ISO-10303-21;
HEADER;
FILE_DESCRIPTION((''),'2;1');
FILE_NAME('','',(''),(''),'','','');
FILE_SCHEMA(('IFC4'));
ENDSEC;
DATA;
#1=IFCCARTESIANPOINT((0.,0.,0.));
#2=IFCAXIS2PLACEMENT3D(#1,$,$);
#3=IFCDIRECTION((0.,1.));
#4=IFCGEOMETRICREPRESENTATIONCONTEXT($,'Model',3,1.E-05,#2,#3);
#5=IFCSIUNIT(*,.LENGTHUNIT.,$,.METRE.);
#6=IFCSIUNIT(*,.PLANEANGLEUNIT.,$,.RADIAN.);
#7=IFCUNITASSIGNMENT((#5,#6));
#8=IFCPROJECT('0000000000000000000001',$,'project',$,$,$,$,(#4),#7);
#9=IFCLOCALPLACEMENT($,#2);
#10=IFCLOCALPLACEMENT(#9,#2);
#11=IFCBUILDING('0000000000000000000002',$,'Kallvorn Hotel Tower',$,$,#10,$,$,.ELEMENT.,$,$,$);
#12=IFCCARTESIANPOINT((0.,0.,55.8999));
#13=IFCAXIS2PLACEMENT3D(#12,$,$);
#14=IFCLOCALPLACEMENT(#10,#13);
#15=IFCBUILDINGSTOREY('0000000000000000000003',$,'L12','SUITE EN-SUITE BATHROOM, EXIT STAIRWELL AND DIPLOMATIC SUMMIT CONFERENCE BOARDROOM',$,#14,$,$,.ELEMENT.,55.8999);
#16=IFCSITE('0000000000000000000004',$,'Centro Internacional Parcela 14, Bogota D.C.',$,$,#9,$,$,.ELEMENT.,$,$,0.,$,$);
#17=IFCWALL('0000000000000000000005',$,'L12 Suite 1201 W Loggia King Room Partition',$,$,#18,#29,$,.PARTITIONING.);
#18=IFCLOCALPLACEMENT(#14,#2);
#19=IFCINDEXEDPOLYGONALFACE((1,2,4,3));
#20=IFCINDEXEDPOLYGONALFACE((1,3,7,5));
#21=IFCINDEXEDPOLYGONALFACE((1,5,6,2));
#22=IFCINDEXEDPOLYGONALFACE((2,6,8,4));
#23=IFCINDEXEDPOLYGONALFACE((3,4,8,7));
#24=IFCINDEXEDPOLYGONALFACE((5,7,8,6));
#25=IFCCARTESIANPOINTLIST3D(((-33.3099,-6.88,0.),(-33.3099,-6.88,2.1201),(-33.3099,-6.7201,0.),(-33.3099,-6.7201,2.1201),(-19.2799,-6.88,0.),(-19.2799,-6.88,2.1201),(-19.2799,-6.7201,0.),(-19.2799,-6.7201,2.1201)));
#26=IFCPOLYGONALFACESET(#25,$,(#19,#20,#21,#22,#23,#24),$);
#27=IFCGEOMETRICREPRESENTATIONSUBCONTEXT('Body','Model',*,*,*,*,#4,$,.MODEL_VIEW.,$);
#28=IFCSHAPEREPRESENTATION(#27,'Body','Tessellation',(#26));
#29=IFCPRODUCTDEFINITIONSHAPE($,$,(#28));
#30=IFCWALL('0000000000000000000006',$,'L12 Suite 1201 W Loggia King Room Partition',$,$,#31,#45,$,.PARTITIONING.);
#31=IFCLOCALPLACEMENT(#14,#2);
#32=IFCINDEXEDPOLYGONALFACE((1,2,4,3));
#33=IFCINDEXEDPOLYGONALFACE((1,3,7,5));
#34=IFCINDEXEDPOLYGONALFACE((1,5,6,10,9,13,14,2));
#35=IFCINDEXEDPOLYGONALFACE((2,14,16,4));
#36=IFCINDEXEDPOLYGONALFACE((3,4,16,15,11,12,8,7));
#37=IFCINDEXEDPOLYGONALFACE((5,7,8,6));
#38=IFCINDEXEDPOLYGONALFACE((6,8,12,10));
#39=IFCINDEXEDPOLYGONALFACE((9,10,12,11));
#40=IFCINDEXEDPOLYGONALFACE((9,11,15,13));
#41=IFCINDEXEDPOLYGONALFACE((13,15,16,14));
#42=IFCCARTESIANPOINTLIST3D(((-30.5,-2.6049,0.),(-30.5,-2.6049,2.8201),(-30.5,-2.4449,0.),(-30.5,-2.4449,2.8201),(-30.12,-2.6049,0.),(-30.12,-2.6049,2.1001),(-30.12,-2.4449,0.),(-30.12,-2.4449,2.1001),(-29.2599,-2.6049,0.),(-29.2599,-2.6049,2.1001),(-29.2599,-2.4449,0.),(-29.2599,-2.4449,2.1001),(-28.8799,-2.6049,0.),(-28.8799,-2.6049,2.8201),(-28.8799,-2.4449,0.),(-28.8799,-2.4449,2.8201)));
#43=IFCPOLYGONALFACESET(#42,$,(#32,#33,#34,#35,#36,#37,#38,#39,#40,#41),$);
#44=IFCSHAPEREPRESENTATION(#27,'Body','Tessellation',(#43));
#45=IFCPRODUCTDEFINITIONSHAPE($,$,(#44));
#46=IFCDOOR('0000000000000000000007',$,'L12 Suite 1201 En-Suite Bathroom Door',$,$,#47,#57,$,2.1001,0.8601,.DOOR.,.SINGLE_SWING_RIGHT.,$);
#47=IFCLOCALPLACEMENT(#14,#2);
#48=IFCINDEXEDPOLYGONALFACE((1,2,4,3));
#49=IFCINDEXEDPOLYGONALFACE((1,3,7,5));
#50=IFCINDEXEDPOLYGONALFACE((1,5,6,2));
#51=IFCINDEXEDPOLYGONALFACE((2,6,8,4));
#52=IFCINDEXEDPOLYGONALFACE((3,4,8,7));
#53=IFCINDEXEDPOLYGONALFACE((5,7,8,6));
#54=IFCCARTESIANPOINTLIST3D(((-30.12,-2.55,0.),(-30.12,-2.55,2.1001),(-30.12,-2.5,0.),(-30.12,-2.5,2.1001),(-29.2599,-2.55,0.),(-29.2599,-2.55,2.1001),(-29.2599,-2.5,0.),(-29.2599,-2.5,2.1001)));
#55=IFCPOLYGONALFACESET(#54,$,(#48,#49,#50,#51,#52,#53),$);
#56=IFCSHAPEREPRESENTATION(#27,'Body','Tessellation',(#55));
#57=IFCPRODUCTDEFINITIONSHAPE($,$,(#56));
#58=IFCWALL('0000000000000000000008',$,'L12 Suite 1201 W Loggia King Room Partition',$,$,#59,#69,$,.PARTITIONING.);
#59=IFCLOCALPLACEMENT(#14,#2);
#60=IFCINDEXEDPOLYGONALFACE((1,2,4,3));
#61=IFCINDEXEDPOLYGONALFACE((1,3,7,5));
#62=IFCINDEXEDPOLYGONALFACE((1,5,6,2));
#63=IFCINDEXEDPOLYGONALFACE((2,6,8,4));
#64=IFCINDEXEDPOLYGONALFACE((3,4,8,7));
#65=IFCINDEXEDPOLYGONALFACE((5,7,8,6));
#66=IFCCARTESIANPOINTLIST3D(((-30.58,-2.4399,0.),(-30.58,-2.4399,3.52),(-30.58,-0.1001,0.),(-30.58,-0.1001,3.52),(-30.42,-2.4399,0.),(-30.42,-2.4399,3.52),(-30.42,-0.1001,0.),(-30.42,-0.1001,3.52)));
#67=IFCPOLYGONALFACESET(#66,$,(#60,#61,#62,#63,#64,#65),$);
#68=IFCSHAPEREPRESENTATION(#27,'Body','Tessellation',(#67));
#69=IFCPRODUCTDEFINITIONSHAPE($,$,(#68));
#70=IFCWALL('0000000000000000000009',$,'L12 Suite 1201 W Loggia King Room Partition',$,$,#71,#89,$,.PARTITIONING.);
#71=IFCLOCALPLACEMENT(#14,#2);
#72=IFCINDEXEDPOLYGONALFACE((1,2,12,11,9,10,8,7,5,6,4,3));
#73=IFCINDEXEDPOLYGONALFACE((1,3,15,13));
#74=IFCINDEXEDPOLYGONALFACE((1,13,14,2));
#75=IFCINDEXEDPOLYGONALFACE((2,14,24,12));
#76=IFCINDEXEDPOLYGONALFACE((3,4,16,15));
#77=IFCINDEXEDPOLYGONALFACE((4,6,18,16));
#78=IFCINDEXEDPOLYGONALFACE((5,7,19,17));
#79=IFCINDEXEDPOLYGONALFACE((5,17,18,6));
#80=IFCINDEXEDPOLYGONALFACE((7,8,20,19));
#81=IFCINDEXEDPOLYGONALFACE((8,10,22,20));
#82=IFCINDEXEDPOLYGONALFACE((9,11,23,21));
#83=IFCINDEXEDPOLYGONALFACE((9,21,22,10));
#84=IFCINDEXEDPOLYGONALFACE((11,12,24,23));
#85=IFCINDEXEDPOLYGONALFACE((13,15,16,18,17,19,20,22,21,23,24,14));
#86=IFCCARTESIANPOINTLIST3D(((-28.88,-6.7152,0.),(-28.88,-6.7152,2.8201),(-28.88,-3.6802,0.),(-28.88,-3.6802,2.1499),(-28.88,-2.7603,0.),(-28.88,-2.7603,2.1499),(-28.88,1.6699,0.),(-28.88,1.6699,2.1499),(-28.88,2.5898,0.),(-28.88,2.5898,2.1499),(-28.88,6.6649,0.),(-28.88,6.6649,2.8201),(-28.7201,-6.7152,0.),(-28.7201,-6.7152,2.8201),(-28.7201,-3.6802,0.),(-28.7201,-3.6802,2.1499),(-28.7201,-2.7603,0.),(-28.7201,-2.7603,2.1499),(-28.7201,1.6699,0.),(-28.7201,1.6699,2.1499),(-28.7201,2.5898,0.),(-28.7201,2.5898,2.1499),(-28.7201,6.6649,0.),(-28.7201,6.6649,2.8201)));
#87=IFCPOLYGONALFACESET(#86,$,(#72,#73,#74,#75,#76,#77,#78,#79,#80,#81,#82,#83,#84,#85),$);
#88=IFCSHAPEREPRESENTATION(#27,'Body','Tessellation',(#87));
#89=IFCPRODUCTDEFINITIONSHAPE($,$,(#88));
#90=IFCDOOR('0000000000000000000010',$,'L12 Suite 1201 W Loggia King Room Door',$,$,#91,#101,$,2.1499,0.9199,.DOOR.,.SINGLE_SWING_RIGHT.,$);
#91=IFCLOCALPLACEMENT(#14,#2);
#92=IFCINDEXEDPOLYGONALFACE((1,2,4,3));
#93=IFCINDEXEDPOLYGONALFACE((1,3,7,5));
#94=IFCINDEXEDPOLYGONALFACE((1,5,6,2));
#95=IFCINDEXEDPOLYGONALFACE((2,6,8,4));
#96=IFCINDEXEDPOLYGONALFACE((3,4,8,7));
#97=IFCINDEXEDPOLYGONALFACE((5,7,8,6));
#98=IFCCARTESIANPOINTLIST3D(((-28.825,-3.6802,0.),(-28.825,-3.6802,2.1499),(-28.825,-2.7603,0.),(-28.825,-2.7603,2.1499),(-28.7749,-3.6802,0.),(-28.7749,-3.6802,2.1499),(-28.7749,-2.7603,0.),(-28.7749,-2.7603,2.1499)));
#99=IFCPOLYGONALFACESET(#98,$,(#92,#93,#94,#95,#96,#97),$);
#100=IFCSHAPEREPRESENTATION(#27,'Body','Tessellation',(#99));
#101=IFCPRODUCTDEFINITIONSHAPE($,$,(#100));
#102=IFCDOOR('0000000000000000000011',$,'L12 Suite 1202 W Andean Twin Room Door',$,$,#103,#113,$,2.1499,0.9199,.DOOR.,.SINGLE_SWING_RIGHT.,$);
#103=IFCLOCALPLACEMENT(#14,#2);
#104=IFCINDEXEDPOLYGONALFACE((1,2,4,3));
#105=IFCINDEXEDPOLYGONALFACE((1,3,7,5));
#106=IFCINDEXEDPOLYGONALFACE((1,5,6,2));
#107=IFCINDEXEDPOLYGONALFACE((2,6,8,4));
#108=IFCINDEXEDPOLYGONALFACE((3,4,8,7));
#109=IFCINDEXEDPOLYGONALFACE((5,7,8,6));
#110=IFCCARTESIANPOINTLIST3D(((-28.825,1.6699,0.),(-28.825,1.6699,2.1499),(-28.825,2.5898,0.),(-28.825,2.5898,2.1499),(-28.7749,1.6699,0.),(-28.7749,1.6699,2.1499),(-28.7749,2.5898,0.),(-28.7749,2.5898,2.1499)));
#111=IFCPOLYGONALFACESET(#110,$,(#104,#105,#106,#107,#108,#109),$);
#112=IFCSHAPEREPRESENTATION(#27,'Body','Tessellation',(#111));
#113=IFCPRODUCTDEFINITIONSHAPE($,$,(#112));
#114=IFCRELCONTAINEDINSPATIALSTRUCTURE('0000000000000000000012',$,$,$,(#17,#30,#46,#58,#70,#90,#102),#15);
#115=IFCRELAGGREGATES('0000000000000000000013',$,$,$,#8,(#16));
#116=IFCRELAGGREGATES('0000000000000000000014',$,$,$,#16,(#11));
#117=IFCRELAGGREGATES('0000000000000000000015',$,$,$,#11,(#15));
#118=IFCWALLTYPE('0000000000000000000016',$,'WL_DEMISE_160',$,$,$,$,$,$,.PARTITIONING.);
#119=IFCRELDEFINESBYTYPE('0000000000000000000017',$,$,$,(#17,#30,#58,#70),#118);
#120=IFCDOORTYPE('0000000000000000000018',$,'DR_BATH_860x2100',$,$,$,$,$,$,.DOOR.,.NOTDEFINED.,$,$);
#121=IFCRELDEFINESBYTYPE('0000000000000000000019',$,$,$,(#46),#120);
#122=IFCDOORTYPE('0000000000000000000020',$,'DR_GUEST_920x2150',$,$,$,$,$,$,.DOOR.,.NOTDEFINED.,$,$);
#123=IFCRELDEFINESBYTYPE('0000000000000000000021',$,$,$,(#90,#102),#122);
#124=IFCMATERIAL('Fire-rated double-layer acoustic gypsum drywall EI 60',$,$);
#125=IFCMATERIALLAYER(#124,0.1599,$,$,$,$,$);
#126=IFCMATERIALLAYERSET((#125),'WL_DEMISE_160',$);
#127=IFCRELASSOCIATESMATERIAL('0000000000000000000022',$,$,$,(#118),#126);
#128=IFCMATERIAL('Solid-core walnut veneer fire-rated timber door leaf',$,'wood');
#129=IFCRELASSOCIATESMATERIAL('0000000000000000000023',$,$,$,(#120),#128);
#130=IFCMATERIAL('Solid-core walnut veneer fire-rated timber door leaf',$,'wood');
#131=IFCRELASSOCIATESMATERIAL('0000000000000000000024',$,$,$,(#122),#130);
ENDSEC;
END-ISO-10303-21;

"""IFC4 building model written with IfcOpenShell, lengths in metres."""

from ifc_helpers import new_model, si_unit, direction, frame, frame_2d, origin, place, context, subcontext, project, spatial, rectangle, extrude, material, layer, layer_set, type_object, element, fill, save


model = new_model("IFC4")

# Units and contexts
model_context = context("Model", 3, precision=1e-05, world=origin(), true_north=direction((0.0, 1.0)))
body_context = subcontext(model_context, "Body", "Model", "MODEL_VIEW")
ifc_project = project(units=[si_unit("LENGTHUNIT", "METRE"), si_unit("PLANEANGLEUNIT", "RADIAN")], contexts=[model_context])

# Site, building, storey
site_placement = place(None, origin())
site = spatial("IfcSite", under=ifc_project, at=site_placement, Name="Centro Internacional Parcela 14, Bogota D.C.", CompositionType="ELEMENT", RefElevation=0.0)
building_placement = place(site_placement, origin())
building = spatial("IfcBuilding", under=site, at=building_placement, Name="Kallvorn Hotel Tower", CompositionType="ELEMENT")
storey_placement = place(building_placement, frame((0.0, 0.0, 55.8999)))
storey = spatial("IfcBuildingStorey", under=building, at=storey_placement, Name="L12", Description="SUITE EN-SUITE BATHROOM, EXIT STAIRWELL AND DIPLOMATIC SUMMIT CONFERENCE BOARDROOM", CompositionType="ELEMENT", Elevation=55.8999)

# Shared definitions
ifc_material_1 = material(Name="Fire-rated double-layer acoustic gypsum drywall EI 60")
ifc_layer_1 = layer(ifc_material_1, 0.1599)
ifc_layer_set_1 = layer_set([ifc_layer_1], Name="WL_DEMISE_160")
wall_type = type_object("IfcWallType", Name="WL_DEMISE_160", PredefinedType="PARTITIONING", material=ifc_layer_set_1)

# Wall
wall_1_placement = place(storey_placement, frame((-33.3101, -6.8, 0.0), z_axis=(0.0, 0.0, 1.0), x_axis=(1.0, 0.0, 0.0)))
element("IfcWall", 1, at=wall_1_placement, inside=storey, type_object=wall_type, Name="L12 Suite 1201 W Loggia King Room Partition", PredefinedType="PARTITIONING", context=body_context, shape_type="SweptSolid", body=[
    extrude(rectangle(XDim=14.03, YDim=0.1599, at=frame_2d((7.0151, 0.0))), origin(), (0.0, 0.0, 1.0), 2.1201),
])

# Wall, opening, door
wall_2_placement = place(storey_placement, frame((-30.5, -2.5249, 0.0), z_axis=(0.0, 0.0, 1.0), x_axis=(1.0, 0.0, 0.0)))
wall_2 = element("IfcWall", 2, at=wall_2_placement, inside=storey, type_object=wall_type, Name="L12 Suite 1201 W Loggia King Room Partition", PredefinedType="PARTITIONING", context=body_context, shape_type="SweptSolid", body=[
    extrude(rectangle(XDim=1.6201, YDim=0.1599, at=frame_2d((0.8101, 0.0))), origin(), (0.0, 0.0, 1.0), 2.8201),
])
opening_1_placement = place(wall_2_placement, frame((0.3799, 0.0, 0.0)))
opening_1 = element("IfcOpeningElement", 3, at=opening_1_placement, cuts=wall_2, PredefinedType="OPENING", context=body_context, shape_type="SweptSolid", body=[
    extrude(rectangle(XDim=0.8601, YDim=2.1001, at=frame_2d((0.4302, 1.05))), frame((0.0, 0.095, 0.0), z_axis=(0.0, -1.0, 0.0), x_axis=(1.0, 0.0, 0.0)), (0.0, 0.0, 1.0), 0.1899),
])
ifc_material_2 = material(Name="Solid-core walnut veneer fire-rated timber door leaf", Category="wood")
door_type_1 = type_object("IfcDoorType", Name="DR_BATH_860x2100", OperationType="NOTDEFINED", PredefinedType="DOOR", material=ifc_material_2)
door_1_placement = place(opening_1_placement, origin())
door_1 = element("IfcDoor", 4, at=door_1_placement, inside=storey, type_object=door_type_1, Name="L12 Suite 1201 En-Suite Bathroom Door", OperationType="SINGLE_SWING_RIGHT", OverallHeight=2.1001, OverallWidth=0.8601, PredefinedType="DOOR", context=body_context, shape_type="SweptSolid", body=[
    extrude(rectangle(XDim=0.8601, YDim=2.1001, at=frame_2d((0.4302, 1.05))), frame((0.0, 0.0249, 0.0), z_axis=(0.0, -1.0, 0.0), x_axis=(1.0, 0.0, 0.0)), (0.0, 0.0, 1.0), 0.05),
])
fill(opening_1, door_1)

# Wall
wall_3_placement = place(storey_placement, frame((-30.5, -2.4399, 0.0), z_axis=(0.0, 0.0, 1.0), x_axis=(0.0, 1.0, 0.0)))
element("IfcWall", 5, at=wall_3_placement, inside=storey, type_object=wall_type, Name="L12 Suite 1201 W Loggia King Room Partition", PredefinedType="PARTITIONING", context=body_context, shape_type="SweptSolid", body=[
    extrude(rectangle(XDim=2.3398, YDim=0.1599, at=frame_2d((1.1699, 0.0))), origin(), (0.0, 0.0, 1.0), 3.52),
])

# Wall, openings, doors
wall_4_placement = place(storey_placement, frame((-28.8, -6.7151, 0.0), z_axis=(0.0, 0.0, 1.0), x_axis=(0.0, 1.0, 0.0)))
wall_4 = element("IfcWall", 6, at=wall_4_placement, inside=storey, type_object=wall_type, Name="L12 Suite 1201 W Loggia King Room Partition", PredefinedType="PARTITIONING", context=body_context, shape_type="SweptSolid", body=[
    extrude(rectangle(XDim=13.3801, YDim=0.1599, at=frame_2d((6.6899, 0.0))), origin(), (0.0, 0.0, 1.0), 2.8201),
])
opening_2_placement = place(wall_4_placement, frame((3.0349, 0.0, 0.0)))
opening_2 = element("IfcOpeningElement", 7, at=opening_2_placement, cuts=wall_4, PredefinedType="OPENING", context=body_context, shape_type="SweptSolid", body=[
    extrude(rectangle(XDim=0.9199, YDim=2.1499, at=frame_2d((0.46, 1.075))), frame((0.0, 0.095, 0.0), z_axis=(0.0, -1.0, 0.0), x_axis=(1.0, 0.0, 0.0)), (0.0, 0.0, 1.0), 0.1899),
])
opening_3_placement = place(wall_4_placement, frame((8.385, 0.0, 0.0)))
opening_3 = element("IfcOpeningElement", 8, at=opening_3_placement, cuts=wall_4, PredefinedType="OPENING", context=body_context, shape_type="SweptSolid", body=[
    extrude(rectangle(XDim=0.9199, YDim=2.1499, at=frame_2d((0.46, 1.075))), frame((0.0, 0.095, 0.0), z_axis=(0.0, -1.0, 0.0), x_axis=(1.0, 0.0, 0.0)), (0.0, 0.0, 1.0), 0.1899),
])
ifc_material_3 = material(Name="Solid-core walnut veneer fire-rated timber door leaf", Category="wood")
door_type_2 = type_object("IfcDoorType", Name="DR_GUEST_920x2150", OperationType="NOTDEFINED", PredefinedType="DOOR", material=ifc_material_3)
door_2_placement = place(opening_2_placement, origin())
door_2 = element("IfcDoor", 9, at=door_2_placement, inside=storey, type_object=door_type_2, Name="L12 Suite 1201 W Loggia King Room Door", OperationType="SINGLE_SWING_RIGHT", OverallHeight=2.1499, OverallWidth=0.9199, PredefinedType="DOOR", context=body_context, shape_type="SweptSolid", body=[
    extrude(rectangle(XDim=0.9199, YDim=2.1499, at=frame_2d((0.46, 1.075))), frame((0.0, 0.0249, 0.0), z_axis=(0.0, -1.0, 0.0), x_axis=(1.0, 0.0, 0.0)), (0.0, 0.0, 1.0), 0.05),
])
fill(opening_2, door_2)
door_3_placement = place(opening_3_placement, origin())
door_3 = element("IfcDoor", 10, at=door_3_placement, inside=storey, type_object=door_type_2, Name="L12 Suite 1202 W Andean Twin Room Door", OperationType="SINGLE_SWING_RIGHT", OverallHeight=2.1499, OverallWidth=0.9199, PredefinedType="DOOR", context=body_context, shape_type="SweptSolid", body=[
    extrude(rectangle(XDim=0.9199, YDim=2.1499, at=frame_2d((0.46, 1.075))), frame((0.0, 0.0249, 0.0), z_axis=(0.0, -1.0, 0.0), x_axis=(1.0, 0.0, 0.0)), (0.0, 0.0, 1.0), 0.05),
])
fill(opening_3, door_3)

save(model, "model.ifc")
